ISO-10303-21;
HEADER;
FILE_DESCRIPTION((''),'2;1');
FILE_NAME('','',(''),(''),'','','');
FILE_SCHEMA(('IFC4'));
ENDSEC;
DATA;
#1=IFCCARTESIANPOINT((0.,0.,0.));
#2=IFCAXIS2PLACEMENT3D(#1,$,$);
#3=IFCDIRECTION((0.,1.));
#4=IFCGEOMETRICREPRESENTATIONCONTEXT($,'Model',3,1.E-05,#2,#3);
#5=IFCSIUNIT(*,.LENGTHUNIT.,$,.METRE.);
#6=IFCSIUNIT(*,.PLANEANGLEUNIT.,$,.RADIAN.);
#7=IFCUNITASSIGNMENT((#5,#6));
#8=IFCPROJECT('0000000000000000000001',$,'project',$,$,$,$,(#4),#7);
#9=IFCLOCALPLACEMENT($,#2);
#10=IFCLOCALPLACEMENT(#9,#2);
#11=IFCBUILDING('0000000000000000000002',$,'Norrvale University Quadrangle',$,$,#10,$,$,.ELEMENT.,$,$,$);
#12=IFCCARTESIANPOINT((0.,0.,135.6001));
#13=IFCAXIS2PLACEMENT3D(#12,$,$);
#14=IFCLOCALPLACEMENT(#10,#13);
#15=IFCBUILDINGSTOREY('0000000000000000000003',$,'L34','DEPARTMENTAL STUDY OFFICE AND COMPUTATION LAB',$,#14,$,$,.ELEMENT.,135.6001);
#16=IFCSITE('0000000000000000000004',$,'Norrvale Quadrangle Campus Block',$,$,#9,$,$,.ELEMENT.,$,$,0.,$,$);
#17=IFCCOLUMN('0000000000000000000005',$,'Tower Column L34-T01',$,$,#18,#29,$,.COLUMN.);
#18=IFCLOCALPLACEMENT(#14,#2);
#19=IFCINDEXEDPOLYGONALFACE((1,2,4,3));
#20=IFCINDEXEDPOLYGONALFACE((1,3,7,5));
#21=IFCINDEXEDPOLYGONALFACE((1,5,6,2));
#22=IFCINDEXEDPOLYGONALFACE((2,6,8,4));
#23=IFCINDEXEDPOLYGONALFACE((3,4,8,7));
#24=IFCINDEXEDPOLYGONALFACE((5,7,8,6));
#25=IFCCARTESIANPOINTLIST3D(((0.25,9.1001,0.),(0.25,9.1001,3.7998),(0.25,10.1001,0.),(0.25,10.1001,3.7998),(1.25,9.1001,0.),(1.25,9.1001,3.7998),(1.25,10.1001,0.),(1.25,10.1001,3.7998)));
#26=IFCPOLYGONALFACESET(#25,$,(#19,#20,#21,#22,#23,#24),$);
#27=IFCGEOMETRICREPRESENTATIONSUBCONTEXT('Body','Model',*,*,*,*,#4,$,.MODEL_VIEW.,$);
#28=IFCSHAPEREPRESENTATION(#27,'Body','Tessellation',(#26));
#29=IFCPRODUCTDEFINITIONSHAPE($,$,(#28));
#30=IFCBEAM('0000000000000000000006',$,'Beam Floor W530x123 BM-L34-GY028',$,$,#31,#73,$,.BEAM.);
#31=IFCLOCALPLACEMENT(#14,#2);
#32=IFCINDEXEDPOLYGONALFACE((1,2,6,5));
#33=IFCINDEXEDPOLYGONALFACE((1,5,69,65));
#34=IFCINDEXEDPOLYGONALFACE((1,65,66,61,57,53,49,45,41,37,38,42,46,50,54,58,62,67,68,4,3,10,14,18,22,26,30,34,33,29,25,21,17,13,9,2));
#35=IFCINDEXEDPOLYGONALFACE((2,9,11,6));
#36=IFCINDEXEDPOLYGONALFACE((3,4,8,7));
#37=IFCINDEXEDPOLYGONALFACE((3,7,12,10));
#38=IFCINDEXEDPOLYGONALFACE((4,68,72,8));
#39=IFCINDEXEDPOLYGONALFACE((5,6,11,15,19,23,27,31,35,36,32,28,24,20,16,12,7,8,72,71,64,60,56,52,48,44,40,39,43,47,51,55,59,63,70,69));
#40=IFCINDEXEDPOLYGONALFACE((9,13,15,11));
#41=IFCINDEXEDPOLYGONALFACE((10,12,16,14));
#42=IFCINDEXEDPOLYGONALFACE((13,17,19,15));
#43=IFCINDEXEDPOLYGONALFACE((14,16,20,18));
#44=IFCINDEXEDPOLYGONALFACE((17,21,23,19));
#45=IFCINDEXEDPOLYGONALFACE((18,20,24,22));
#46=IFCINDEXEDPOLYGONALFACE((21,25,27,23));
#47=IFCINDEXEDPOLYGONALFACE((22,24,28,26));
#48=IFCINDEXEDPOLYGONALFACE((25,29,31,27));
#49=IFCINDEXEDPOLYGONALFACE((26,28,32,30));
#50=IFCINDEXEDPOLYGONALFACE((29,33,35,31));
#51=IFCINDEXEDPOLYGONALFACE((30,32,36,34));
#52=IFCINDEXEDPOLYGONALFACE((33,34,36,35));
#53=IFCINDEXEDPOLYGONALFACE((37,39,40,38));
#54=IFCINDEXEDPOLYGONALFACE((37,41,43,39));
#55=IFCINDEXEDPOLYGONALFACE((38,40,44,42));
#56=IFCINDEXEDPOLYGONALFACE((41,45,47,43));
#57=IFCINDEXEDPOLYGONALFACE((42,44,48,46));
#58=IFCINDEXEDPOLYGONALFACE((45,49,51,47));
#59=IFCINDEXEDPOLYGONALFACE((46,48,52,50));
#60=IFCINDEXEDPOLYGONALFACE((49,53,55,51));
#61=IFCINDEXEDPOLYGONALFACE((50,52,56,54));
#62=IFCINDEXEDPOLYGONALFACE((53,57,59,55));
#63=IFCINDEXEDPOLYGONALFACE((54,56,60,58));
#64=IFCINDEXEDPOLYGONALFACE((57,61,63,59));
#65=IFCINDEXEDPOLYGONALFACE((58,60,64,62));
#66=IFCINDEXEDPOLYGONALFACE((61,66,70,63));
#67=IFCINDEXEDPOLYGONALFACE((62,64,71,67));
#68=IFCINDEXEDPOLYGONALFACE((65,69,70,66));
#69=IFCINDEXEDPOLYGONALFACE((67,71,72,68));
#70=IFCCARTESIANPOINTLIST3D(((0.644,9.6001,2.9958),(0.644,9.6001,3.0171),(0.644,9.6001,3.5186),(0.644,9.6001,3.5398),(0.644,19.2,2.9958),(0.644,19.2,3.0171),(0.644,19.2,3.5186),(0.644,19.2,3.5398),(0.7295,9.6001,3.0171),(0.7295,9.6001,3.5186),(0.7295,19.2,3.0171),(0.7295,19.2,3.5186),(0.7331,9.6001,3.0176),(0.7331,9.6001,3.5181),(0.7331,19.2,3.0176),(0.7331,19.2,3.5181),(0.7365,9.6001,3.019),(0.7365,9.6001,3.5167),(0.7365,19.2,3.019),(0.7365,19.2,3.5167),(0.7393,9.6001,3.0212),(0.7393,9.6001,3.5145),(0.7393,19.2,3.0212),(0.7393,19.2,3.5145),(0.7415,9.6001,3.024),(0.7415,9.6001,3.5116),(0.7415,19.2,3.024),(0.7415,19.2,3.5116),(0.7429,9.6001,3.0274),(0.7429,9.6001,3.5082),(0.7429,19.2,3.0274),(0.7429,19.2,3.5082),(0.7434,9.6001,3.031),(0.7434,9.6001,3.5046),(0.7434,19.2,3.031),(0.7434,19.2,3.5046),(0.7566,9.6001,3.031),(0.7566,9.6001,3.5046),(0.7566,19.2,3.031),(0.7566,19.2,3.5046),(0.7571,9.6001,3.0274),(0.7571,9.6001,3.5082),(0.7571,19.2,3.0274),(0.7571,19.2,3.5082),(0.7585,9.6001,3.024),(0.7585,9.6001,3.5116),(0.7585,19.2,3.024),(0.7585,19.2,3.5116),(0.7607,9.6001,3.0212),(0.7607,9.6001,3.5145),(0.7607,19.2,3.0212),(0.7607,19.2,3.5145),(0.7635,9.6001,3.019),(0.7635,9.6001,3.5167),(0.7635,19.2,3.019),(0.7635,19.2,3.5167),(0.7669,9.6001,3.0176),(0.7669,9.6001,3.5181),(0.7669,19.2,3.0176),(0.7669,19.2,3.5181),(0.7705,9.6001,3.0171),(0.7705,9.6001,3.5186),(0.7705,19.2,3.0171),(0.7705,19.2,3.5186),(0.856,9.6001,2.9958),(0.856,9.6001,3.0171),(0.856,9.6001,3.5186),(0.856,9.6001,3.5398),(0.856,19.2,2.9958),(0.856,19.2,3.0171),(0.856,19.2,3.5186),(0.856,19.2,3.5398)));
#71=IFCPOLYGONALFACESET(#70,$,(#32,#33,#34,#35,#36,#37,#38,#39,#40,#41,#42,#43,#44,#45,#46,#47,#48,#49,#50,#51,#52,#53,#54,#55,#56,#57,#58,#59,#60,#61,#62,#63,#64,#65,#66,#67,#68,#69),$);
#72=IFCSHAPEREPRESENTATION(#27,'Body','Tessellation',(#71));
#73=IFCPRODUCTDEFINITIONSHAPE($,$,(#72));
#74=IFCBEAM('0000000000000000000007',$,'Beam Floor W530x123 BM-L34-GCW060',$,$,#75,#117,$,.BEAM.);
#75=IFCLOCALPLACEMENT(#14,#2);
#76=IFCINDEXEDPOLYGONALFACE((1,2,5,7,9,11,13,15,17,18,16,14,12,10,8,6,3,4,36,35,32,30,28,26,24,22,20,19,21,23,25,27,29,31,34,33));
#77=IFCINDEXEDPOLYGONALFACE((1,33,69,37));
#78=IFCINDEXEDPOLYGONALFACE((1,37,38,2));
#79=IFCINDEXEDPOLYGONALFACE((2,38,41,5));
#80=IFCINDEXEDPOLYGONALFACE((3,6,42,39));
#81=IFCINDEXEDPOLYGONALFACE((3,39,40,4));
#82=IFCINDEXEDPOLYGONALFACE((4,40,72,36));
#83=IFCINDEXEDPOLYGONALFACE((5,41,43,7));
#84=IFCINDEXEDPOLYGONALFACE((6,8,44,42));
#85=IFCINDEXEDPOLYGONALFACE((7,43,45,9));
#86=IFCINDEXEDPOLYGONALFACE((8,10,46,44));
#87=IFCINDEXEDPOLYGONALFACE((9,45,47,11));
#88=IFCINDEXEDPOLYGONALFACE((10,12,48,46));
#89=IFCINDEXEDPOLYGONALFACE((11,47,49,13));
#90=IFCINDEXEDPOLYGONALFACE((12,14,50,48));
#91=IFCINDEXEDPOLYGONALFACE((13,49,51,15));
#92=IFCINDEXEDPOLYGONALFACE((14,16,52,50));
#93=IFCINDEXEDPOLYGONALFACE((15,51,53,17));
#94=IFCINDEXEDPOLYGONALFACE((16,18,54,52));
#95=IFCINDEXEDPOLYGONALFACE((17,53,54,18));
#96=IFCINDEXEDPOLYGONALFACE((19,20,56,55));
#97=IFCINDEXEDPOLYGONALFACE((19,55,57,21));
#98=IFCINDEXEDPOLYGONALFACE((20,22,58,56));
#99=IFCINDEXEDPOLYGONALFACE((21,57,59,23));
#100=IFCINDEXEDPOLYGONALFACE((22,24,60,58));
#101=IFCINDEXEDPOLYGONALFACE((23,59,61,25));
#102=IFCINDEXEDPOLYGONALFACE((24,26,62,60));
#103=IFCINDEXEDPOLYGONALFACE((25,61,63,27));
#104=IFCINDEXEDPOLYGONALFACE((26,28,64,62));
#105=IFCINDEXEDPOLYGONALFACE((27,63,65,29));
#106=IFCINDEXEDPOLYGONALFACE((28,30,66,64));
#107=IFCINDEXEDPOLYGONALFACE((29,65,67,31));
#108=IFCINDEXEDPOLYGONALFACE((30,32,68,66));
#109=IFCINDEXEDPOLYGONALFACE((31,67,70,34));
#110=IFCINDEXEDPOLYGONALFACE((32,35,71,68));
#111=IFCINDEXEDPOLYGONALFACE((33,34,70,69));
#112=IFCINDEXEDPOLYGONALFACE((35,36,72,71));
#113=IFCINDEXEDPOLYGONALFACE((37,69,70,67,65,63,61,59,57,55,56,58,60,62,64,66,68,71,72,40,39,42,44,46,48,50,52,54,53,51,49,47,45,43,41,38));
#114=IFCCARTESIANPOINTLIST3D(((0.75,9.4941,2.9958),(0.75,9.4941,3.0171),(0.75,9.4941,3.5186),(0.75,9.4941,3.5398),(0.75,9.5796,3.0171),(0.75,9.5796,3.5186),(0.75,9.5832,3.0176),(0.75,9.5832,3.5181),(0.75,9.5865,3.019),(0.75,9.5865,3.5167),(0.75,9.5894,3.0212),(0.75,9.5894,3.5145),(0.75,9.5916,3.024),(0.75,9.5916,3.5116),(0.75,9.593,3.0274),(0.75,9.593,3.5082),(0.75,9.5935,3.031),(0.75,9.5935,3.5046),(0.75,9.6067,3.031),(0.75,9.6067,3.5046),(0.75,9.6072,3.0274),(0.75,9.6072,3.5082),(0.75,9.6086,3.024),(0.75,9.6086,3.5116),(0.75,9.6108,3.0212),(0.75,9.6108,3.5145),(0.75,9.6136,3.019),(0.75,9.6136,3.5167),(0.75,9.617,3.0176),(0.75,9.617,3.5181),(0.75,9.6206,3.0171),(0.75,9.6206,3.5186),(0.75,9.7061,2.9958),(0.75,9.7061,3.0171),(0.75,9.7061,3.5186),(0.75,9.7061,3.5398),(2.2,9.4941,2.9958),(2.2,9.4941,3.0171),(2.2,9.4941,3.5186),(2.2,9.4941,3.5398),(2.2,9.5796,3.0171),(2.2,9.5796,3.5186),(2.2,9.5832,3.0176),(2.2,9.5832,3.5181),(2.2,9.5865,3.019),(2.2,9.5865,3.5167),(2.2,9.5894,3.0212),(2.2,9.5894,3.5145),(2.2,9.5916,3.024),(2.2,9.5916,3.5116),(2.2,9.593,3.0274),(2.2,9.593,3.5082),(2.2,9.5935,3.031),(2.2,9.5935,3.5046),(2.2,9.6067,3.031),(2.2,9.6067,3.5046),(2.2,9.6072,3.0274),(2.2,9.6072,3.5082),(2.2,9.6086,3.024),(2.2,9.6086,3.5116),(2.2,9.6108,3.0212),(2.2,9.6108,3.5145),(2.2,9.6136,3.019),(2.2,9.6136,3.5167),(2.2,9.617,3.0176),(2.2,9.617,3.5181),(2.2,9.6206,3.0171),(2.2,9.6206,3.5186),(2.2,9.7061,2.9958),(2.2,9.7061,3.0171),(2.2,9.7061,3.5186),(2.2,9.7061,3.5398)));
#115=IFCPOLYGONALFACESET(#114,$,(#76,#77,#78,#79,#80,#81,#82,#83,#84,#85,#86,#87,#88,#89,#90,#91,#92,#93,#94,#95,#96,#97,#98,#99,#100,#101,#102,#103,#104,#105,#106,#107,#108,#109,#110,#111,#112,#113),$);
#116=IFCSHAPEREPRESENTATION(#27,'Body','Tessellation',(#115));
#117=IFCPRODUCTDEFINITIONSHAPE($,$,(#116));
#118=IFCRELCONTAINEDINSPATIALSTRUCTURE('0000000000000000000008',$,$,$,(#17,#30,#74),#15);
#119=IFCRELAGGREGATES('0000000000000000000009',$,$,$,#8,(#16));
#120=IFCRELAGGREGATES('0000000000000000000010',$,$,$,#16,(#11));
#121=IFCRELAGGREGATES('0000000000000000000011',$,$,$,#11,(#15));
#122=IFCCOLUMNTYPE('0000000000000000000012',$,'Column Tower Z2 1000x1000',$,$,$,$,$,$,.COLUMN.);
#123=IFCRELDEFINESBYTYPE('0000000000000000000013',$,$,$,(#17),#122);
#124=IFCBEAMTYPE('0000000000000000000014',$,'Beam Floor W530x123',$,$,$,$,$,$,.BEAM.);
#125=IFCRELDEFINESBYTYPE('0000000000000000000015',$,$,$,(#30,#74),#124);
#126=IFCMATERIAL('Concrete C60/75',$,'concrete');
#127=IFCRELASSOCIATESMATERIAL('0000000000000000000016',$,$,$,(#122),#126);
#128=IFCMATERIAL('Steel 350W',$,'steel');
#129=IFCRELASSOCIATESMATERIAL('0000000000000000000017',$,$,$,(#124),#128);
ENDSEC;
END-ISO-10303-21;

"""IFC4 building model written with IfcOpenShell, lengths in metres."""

from ifc_helpers import new_model, si_unit, direction, frame, origin, origin_2d, place, context, subcontext, project, spatial, rectangle, i_section, extrude, material, material_profile, profile_set, type_object, element, save


model = new_model("IFC4")

# Units and contexts
model_context = context("Model", 3, precision=1e-05, world=origin(), true_north=direction((0.0, 1.0)))
body_context = subcontext(model_context, "Body", "Model", "MODEL_VIEW")
ifc_project = project(units=[si_unit("LENGTHUNIT", "METRE"), si_unit("PLANEANGLEUNIT", "RADIAN")], contexts=[model_context])

# Site, building, storey
site_placement = place(None, origin())
site = spatial("IfcSite", under=ifc_project, at=site_placement, Name="Norrvale Quadrangle Campus Block", CompositionType="ELEMENT", RefElevation=0.0)
building_placement = place(site_placement, origin())
building = spatial("IfcBuilding", under=site, at=building_placement, Name="Norrvale University Quadrangle", CompositionType="ELEMENT")
storey_placement = place(building_placement, frame((0.0, 0.0, 135.6001)))
storey = spatial("IfcBuildingStorey", under=building, at=storey_placement, Name="L34", Description="DEPARTMENTAL STUDY OFFICE AND COMPUTATION LAB", CompositionType="ELEMENT", Elevation=135.6001)

# Column
ifc_material_1 = material(Name="Concrete C60/75", Category="concrete")
ifc_material_profile_1 = material_profile(ifc_material_1, rectangle(XDim=1.0, YDim=1.0, at=origin_2d()), Name="Concrete C60/75")
ifc_profile_set_1 = profile_set([ifc_material_profile_1], Name="Concrete C60/75")
column_type = type_object("IfcColumnType", Name="Column Tower Z2 1000x1000", PredefinedType="COLUMN", material=ifc_profile_set_1)
column_placement = place(storey_placement, frame((0.75, 9.6001, 0.0), z_axis=(0.0, 0.0, 1.0), x_axis=(1.0, 0.0, 0.0)))
element("IfcColumn", 1, at=column_placement, inside=storey, type_object=column_type, Name="Tower Column L34-T01", PredefinedType="COLUMN", context=body_context, shape_type="SweptSolid", body=[
    extrude(rectangle(XDim=1.0, YDim=1.0, at=origin_2d()), origin(), (0.0, 0.0, 1.0), 3.7998),
])

# Beams
ifc_material_2 = material(Name="Steel 350W", Category="steel")
ifc_material_profile_2 = material_profile(ifc_material_2, i_section(OverallWidth=0.2119, OverallDepth=0.5439, WebThickness=0.0132, FlangeThickness=0.0212, FilletRadius=0.0139, at=origin_2d()), Name="Steel 350W")
ifc_profile_set_2 = profile_set([ifc_material_profile_2], Name="Steel 350W")
beam_type = type_object("IfcBeamType", Name="Beam Floor W530x123", PredefinedType="BEAM", material=ifc_profile_set_2)
beam_1_placement = place(storey_placement, frame((0.75, 9.6001, 3.2678), z_axis=(0.0, 1.0, 0.0), x_axis=(-1.0, 0.0, 0.0)))
element("IfcBeam", 2, at=beam_1_placement, inside=storey, type_object=beam_type, Name="Beam Floor W530x123 BM-L34-GY028", PredefinedType="BEAM", context=body_context, shape_type="SweptSolid", body=[
    extrude(i_section(OverallWidth=0.2119, OverallDepth=0.5439, WebThickness=0.0132, FlangeThickness=0.0212, FilletRadius=0.0139, at=origin_2d()), origin(), (0.0, 0.0, 1.0), 9.5999),
])
beam_2_placement = place(storey_placement, frame((0.75, 9.6001, 3.2678), z_axis=(1.0, 0.0, 0.0), x_axis=(0.0, 1.0, 0.0)))
element("IfcBeam", 3, at=beam_2_placement, inside=storey, type_object=beam_type, Name="Beam Floor W530x123 BM-L34-GCW060", PredefinedType="BEAM", context=body_context, shape_type="SweptSolid", body=[
    extrude(i_section(OverallWidth=0.2119, OverallDepth=0.5439, WebThickness=0.0132, FlangeThickness=0.0212, FilletRadius=0.0139, at=origin_2d()), origin(), (0.0, 0.0, 1.0), 1.45),
])

save(model, "model.ifc")
